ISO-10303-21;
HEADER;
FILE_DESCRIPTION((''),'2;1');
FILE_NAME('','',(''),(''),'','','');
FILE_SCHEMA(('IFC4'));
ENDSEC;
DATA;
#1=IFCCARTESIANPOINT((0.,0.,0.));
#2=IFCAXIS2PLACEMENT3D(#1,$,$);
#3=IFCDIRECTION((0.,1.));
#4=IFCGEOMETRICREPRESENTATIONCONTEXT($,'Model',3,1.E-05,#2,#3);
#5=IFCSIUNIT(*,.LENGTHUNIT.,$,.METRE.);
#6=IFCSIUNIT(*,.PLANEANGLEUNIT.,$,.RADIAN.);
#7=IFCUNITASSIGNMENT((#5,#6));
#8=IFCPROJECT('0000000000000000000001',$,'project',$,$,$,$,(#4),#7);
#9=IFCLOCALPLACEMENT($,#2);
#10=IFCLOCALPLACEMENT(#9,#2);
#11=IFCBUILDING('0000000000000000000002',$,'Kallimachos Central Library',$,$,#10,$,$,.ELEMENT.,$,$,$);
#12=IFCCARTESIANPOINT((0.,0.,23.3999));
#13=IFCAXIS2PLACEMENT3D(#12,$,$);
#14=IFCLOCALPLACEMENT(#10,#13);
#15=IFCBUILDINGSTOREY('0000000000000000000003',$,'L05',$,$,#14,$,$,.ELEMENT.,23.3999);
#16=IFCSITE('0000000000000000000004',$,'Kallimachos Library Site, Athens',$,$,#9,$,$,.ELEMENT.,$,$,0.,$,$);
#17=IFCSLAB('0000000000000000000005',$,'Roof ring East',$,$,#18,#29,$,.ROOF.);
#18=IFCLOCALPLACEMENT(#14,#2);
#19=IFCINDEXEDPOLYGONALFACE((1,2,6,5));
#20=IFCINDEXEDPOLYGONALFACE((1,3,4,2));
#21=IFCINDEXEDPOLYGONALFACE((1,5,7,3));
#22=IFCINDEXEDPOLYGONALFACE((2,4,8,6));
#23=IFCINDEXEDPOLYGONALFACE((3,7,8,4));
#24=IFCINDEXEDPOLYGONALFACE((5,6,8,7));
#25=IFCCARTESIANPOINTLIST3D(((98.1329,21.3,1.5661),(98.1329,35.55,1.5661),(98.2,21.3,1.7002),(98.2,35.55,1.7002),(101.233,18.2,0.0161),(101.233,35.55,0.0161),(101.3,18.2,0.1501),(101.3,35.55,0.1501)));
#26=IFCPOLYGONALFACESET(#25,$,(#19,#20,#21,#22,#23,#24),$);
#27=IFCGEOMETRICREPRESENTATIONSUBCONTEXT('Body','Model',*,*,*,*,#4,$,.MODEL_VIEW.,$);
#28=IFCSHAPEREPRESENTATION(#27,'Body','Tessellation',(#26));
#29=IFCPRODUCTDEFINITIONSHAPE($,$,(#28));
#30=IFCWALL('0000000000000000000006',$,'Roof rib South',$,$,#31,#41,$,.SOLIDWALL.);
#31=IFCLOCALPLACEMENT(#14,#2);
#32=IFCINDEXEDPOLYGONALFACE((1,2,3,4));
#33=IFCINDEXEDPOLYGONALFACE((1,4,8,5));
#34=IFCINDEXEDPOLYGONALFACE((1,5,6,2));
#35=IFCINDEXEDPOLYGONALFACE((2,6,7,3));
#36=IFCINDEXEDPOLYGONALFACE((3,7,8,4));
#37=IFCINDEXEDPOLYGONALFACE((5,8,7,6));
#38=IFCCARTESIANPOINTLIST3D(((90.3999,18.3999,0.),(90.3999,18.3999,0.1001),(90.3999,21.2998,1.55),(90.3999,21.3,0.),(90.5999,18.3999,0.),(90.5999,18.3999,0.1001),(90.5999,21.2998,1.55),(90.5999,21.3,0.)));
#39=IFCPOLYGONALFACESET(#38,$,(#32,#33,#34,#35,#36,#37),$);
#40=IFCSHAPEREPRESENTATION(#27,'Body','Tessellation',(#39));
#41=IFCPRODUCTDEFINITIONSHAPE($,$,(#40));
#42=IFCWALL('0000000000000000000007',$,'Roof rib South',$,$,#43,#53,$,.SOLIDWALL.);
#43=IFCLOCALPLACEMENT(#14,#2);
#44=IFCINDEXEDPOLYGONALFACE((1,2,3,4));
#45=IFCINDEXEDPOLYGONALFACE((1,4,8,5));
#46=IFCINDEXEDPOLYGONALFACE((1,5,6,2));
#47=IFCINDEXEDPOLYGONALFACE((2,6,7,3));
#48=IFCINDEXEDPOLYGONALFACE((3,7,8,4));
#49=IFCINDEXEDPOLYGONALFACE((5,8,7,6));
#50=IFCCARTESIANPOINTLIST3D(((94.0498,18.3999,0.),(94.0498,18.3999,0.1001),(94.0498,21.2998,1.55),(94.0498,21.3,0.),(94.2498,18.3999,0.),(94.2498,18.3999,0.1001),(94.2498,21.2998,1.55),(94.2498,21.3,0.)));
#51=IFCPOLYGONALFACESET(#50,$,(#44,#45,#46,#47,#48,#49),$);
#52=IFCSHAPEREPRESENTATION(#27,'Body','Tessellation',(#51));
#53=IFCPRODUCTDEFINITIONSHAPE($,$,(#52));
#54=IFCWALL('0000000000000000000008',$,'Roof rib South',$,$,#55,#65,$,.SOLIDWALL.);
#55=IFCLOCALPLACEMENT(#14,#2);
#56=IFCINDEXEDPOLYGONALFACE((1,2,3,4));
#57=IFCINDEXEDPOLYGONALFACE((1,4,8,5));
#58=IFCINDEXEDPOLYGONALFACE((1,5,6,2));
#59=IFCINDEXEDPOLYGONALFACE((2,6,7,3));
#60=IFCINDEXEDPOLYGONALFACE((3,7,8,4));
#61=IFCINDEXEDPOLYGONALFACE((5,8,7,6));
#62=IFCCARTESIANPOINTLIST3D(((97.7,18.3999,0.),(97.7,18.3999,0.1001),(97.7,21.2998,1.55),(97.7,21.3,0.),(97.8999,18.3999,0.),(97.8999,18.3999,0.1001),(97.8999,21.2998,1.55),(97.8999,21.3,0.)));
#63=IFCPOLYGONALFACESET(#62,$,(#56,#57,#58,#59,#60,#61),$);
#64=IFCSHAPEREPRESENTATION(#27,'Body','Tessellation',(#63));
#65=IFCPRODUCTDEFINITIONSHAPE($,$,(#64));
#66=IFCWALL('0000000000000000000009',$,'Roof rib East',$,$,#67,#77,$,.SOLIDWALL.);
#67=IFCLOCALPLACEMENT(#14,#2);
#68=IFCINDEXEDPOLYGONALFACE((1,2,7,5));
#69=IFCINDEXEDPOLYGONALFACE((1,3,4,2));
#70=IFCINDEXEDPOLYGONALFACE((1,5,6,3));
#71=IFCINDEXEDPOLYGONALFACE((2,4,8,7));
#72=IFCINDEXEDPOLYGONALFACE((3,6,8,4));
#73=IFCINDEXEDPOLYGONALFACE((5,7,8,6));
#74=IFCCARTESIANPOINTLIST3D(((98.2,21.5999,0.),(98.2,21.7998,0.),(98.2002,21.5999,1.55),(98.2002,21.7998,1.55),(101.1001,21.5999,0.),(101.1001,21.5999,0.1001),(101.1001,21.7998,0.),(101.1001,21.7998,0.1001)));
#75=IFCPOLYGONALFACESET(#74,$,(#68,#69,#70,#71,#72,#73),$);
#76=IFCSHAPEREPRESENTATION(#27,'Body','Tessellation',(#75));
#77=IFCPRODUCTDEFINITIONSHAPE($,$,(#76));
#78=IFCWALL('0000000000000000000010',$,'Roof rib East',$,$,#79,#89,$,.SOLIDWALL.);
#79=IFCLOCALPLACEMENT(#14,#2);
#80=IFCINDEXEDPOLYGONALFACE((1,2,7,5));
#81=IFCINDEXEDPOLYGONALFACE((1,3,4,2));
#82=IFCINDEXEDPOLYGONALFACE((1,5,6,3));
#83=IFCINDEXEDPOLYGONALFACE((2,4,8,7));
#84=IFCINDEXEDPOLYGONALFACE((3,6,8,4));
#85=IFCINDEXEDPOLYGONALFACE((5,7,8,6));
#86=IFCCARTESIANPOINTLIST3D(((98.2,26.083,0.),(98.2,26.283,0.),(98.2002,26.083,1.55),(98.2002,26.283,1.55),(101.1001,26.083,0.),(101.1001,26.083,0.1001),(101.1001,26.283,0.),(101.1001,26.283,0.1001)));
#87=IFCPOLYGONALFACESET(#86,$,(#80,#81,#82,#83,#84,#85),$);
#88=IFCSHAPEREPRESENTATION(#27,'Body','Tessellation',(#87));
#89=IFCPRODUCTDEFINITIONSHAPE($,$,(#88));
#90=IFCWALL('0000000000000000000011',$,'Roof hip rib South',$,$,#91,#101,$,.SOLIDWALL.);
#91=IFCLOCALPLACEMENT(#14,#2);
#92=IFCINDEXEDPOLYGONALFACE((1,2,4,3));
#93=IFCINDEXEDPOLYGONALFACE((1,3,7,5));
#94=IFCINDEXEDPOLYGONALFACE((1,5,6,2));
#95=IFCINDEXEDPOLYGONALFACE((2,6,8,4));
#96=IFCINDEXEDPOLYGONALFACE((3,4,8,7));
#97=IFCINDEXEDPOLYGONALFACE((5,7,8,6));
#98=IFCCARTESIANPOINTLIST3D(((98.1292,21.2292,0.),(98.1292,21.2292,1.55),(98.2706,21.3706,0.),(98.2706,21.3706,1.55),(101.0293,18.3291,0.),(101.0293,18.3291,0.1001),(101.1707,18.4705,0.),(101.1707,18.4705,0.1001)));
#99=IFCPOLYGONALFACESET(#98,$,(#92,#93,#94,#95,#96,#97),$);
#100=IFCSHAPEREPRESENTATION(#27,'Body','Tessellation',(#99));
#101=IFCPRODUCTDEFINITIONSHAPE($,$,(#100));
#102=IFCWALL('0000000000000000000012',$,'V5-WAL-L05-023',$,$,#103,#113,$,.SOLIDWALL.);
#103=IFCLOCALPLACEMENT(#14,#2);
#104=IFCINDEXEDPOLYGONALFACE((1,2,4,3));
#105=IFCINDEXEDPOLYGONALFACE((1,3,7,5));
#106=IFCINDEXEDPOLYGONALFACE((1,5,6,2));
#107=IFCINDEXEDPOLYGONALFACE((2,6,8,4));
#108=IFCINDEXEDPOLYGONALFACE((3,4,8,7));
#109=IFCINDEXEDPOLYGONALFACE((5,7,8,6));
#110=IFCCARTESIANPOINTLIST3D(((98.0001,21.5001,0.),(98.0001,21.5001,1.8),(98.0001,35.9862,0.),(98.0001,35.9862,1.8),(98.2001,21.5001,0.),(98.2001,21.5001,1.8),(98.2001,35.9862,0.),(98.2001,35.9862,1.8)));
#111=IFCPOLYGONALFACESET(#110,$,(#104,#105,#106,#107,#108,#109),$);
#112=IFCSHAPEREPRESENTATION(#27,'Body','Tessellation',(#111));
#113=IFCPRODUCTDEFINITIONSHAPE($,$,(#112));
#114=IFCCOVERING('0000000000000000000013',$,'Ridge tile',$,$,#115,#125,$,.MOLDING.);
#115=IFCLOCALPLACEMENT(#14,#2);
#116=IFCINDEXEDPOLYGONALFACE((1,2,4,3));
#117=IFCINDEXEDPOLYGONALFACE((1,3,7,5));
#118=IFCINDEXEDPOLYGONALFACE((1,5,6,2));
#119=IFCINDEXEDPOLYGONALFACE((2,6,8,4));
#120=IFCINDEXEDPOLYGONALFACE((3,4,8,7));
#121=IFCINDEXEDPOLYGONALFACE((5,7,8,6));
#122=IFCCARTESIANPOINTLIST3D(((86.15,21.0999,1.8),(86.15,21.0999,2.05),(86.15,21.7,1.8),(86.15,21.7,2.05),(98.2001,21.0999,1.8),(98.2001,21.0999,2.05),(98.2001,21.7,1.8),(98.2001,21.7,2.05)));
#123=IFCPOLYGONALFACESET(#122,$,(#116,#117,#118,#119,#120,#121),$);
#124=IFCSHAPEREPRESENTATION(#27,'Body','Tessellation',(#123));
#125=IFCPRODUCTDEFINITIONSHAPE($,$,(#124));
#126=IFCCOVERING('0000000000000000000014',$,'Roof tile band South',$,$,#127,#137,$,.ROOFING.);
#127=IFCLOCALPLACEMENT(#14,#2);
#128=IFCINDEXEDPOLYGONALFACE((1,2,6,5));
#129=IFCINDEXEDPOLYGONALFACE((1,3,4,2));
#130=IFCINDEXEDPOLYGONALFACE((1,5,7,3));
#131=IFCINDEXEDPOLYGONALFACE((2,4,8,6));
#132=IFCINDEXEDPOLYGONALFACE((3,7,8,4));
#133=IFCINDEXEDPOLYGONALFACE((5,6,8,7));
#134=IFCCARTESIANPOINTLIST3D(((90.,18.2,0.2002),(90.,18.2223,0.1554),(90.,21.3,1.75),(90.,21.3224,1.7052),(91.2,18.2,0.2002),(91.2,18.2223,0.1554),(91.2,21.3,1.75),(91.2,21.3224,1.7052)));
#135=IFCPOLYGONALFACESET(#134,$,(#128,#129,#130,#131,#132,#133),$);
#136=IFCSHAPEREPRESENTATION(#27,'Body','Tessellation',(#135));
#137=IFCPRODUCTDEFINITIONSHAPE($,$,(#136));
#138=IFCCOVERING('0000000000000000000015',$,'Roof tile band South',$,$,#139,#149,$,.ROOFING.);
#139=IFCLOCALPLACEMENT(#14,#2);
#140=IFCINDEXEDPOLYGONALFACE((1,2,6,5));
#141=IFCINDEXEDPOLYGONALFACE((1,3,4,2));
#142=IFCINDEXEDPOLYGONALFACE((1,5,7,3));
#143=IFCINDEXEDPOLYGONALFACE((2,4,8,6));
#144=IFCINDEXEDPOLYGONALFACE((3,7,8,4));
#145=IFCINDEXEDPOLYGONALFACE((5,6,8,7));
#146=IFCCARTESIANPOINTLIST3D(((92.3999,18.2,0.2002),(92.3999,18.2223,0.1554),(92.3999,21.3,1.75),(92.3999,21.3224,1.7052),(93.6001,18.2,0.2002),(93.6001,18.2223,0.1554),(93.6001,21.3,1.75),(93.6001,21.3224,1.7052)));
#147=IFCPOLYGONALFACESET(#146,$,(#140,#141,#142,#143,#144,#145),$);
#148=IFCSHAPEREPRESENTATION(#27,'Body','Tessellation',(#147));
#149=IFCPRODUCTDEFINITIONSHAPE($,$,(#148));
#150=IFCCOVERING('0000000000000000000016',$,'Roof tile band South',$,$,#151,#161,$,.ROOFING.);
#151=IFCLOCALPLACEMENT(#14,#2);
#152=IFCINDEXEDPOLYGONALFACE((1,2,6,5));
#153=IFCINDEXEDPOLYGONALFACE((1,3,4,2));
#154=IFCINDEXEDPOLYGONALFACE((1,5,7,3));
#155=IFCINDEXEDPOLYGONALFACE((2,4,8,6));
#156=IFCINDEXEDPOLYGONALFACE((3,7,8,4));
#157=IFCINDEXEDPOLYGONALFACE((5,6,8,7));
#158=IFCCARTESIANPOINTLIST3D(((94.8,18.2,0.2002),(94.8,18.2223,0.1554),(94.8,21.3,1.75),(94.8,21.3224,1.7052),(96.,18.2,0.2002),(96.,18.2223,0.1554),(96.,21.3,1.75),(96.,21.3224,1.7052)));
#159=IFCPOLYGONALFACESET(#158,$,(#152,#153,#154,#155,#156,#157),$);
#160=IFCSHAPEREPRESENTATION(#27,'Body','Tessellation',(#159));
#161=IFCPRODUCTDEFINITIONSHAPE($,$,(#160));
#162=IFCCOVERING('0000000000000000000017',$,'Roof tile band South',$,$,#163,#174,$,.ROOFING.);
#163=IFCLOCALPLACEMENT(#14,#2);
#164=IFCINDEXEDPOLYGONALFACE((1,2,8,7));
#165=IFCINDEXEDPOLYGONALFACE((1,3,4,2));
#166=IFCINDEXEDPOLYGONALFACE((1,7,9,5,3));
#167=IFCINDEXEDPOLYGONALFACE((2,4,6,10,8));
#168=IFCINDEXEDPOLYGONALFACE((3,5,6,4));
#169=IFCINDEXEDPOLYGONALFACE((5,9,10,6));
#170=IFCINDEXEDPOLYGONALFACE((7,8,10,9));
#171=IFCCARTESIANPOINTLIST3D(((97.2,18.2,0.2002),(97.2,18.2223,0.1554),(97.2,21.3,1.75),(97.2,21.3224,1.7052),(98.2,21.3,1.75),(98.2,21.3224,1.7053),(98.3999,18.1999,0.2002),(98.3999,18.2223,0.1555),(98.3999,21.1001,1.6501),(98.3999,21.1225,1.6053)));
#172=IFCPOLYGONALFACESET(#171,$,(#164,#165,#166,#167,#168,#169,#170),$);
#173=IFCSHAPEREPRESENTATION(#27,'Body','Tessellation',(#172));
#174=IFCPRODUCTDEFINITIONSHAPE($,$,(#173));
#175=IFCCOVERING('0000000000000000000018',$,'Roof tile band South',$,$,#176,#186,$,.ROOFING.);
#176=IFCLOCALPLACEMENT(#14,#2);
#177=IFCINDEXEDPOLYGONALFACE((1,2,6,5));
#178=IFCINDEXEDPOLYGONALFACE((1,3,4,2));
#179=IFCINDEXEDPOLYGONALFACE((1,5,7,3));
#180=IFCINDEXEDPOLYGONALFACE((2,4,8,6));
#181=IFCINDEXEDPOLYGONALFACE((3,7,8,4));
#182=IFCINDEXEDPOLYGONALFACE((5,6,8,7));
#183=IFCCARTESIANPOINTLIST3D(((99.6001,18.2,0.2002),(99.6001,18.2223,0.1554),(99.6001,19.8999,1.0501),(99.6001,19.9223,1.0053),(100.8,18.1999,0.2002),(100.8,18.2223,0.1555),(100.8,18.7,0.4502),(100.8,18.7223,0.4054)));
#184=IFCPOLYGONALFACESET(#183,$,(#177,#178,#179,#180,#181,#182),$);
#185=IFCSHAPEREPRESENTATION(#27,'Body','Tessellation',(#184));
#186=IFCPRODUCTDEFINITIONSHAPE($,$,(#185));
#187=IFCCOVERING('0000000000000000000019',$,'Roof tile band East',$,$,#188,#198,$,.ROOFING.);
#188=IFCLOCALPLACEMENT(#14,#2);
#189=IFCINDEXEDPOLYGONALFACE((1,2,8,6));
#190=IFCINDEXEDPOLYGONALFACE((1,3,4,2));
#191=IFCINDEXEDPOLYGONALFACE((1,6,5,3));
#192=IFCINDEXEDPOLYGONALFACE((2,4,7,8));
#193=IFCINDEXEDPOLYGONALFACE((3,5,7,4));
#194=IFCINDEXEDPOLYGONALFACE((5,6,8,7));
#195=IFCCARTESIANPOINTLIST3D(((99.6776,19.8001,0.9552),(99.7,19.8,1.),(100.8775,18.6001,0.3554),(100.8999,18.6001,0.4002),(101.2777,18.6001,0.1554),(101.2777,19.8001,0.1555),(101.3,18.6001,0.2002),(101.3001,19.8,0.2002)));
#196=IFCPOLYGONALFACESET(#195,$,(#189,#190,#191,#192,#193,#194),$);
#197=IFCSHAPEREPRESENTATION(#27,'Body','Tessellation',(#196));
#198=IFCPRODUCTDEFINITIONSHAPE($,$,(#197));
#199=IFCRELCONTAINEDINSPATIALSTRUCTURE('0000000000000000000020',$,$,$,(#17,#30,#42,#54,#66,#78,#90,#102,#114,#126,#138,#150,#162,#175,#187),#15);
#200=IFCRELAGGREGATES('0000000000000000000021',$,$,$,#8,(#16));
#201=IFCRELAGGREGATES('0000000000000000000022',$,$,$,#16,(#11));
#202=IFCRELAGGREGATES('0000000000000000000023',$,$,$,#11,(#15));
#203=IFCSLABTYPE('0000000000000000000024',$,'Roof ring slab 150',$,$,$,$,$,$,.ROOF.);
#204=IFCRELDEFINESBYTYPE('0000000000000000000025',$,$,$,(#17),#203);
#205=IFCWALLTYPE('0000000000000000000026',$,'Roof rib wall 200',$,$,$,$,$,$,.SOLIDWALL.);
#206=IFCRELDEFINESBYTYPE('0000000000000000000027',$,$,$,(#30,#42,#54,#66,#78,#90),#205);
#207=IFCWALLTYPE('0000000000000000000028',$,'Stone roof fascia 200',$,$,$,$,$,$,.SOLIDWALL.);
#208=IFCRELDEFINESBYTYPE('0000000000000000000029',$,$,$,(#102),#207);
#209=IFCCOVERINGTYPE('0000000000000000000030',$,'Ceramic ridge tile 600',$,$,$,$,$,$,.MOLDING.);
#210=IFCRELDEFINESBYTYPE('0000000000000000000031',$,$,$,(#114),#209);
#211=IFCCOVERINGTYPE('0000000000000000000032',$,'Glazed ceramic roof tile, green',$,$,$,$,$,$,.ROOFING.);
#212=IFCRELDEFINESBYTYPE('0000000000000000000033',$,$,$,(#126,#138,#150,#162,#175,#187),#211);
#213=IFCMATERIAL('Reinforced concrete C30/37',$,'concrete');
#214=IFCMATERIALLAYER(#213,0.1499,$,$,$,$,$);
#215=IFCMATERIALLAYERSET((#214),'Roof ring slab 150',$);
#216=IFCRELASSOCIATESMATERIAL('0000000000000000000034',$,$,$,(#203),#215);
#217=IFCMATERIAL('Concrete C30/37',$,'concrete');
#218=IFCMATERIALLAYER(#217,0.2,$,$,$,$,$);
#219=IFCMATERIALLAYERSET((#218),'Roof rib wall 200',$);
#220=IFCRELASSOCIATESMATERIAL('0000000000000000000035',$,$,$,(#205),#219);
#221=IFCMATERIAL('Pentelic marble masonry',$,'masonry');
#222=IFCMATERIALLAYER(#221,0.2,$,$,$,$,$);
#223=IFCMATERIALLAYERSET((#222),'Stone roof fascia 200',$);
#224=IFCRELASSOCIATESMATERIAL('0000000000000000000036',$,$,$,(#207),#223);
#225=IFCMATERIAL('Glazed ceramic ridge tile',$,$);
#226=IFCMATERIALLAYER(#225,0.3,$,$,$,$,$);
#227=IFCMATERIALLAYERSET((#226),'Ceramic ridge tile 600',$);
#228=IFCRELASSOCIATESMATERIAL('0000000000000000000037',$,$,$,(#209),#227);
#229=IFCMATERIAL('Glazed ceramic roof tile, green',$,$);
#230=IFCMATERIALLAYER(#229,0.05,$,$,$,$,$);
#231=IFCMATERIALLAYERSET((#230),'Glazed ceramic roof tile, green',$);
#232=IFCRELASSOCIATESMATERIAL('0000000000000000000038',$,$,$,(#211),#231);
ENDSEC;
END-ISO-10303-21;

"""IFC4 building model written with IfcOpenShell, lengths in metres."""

from ifc_helpers import new_model, si_unit, direction, frame, frame_2d, origin, origin_2d, place, context, subcontext, project, spatial, polyline, rectangle, outline, extrude, material, layer, layer_set, type_object, element, save


model = new_model("IFC4")

# Units and contexts
model_context = context("Model", 3, precision=1e-05, world=origin(), true_north=direction((0.0, 1.0)))
body_context = subcontext(model_context, "Body", "Model", "MODEL_VIEW")
ifc_project = project(units=[si_unit("LENGTHUNIT", "METRE"), si_unit("PLANEANGLEUNIT", "RADIAN")], contexts=[model_context])

# Site, building, storey
site_placement = place(None, origin())
site = spatial("IfcSite", under=ifc_project, at=site_placement, Name="Kallimachos Library Site, Athens", CompositionType="ELEMENT", RefElevation=0.0)
building_placement = place(site_placement, origin())
building = spatial("IfcBuilding", under=site, at=building_placement, Name="Kallimachos Central Library", CompositionType="ELEMENT")
storey_placement = place(building_placement, frame((0.0, 0.0, 23.3999)))
storey = spatial("IfcBuildingStorey", under=building, at=storey_placement, Name="L05", CompositionType="ELEMENT", Elevation=23.3999)

# Slab
ifc_material_1 = material(Name="Reinforced concrete C30/37", Category="concrete")
ifc_layer_1 = layer(ifc_material_1, 0.1499)
ifc_layer_set_1 = layer_set([ifc_layer_1], Name="Roof ring slab 150")
slab_type = type_object("IfcSlabType", Name="Roof ring slab 150", PredefinedType="ROOF", material=ifc_layer_set_1)
slab_placement = place(storey_placement, frame((101.3, 18.2, 0.1501), z_axis=(0.447214, 0.0, 0.894427), x_axis=(0.0, 1.0, 0.0)))
element("IfcSlab", 1, at=slab_placement, inside=storey, type_object=slab_type, Name="Roof ring East", PredefinedType="ROOF", context=body_context, shape_type="SweptSolid", body=[
    extrude(outline(polyline([(0.0, 0.0), (17.3501, 0.0), (17.3501, 3.466), (3.1001, 3.466), (0.0, 0.0)])), origin(), (0.0, 0.0, -1.0), 0.1499),
])

# Walls
ifc_material_2 = material(Name="Concrete C30/37", Category="concrete")
ifc_layer_2 = layer(ifc_material_2, 0.2)
ifc_layer_set_2 = layer_set([ifc_layer_2], Name="Roof rib wall 200")
wall_type_1 = type_object("IfcWallType", Name="Roof rib wall 200", PredefinedType="SOLIDWALL", material=ifc_layer_set_2)
for number, where, z_axis, x_axis, name in (
    (2, (90.5, 18.3999, 0.0), (0.0, 0.0, 1.0), (0.0, 1.0, 0.0), "Roof rib South"),
    (3, (94.1499, 18.3999, 0.0), (0.0, 0.0, 1.0), (0.0, 1.0, 0.0), "Roof rib South"),
    (4, (97.8, 18.3999, 0.0), (0.0, 0.0, 1.0), (0.0, 1.0, 0.0), "Roof rib South"),
    (5, (101.1001, 21.7, 0.0), (0.0, 0.0, 1.0), (-1.0, 0.0, 0.0), "Roof rib East"),
    (6, (101.1001, 26.1831, 0.0), (0.0, 0.0, 1.0), (-1.0, 0.0, 0.0), "Roof rib East"),
):
    element("IfcWall", number, at=place(storey_placement, frame(where, z_axis=z_axis, x_axis=x_axis)), inside=storey, type_object=wall_type_1, Name=name, PredefinedType="SOLIDWALL", context=body_context, shape_type="SweptSolid", body=[
        extrude(outline(polyline([(0.0, 0.0), (2.9001, 0.0), (2.8999, 1.55), (0.0, 0.1001), (0.0, 0.0)])), frame((0.0, 0.1001, 0.0), z_axis=(0.0, -1.0, 0.0), x_axis=(1.0, 0.0, 0.0)), (0.0, 0.0, 1.0), 0.2),
    ])
wall_1_placement = place(storey_placement, frame((101.1001, 18.3999, 0.0), z_axis=(0.0, 0.0, 1.0), x_axis=(-0.707107, 0.707107, 0.0)))
element("IfcWall", 7, at=wall_1_placement, inside=storey, type_object=wall_type_1, Name="Roof hip rib South", PredefinedType="SOLIDWALL", context=body_context, shape_type="SweptSolid", body=[
    extrude(outline(polyline([(0.0, 0.0), (4.1013, 0.0), (4.1013, 1.55), (0.0, 0.1001), (0.0, 0.0)])), frame((0.0, 0.1001, 0.0), z_axis=(0.0, -1.0, 0.0), x_axis=(1.0, 0.0, 0.0)), (0.0, 0.0, 1.0), 0.2),
])
ifc_material_3 = material(Name="Pentelic marble masonry", Category="masonry")
ifc_layer_3 = layer(ifc_material_3, 0.2)
ifc_layer_set_3 = layer_set([ifc_layer_3], Name="Stone roof fascia 200")
wall_type_2 = type_object("IfcWallType", Name="Stone roof fascia 200", PredefinedType="SOLIDWALL", material=ifc_layer_set_3)
wall_2_placement = place(storey_placement, frame((98.1001, 21.5, 0.0), z_axis=(0.0, 0.0, 1.0), x_axis=(0.0, 1.0, 0.0)))
element("IfcWall", 8, at=wall_2_placement, inside=storey, type_object=wall_type_2, Name="V5-WAL-L05-023", PredefinedType="SOLIDWALL", context=body_context, shape_type="SweptSolid", body=[
    extrude(rectangle(XDim=14.4861, YDim=0.2, at=frame_2d((7.2432, 0.0))), origin(), (0.0, 0.0, 1.0), 1.8),
])

# Coverings
ifc_material_4 = material(Name="Glazed ceramic ridge tile")
ifc_layer_4 = layer(ifc_material_4, 0.3)
ifc_layer_set_4 = layer_set([ifc_layer_4], Name="Ceramic ridge tile 600")
covering_type_1 = type_object("IfcCoveringType", Name="Ceramic ridge tile 600", PredefinedType="MOLDING", material=ifc_layer_set_4)
covering_1_placement = place(storey_placement, frame((92.175, 21.3999, 1.8), z_axis=(0.0, 0.0, 1.0), x_axis=(1.0, 0.0, 0.0)))
element("IfcCovering", 9, at=covering_1_placement, inside=storey, type_object=covering_type_1, Name="Ridge tile", PredefinedType="MOLDING", context=body_context, shape_type="SweptSolid", body=[
    extrude(rectangle(XDim=12.05, YDim=0.6001, at=origin_2d()), origin(), (0.0, 0.0, 1.0), 0.25),
])
ifc_material_5 = material(Name="Glazed ceramic roof tile, green")
ifc_layer_5 = layer(ifc_material_5, 0.05)
ifc_layer_set_5 = layer_set([ifc_layer_5], Name="Glazed ceramic roof tile, green")
covering_type_2 = type_object("IfcCoveringType", Name="Glazed ceramic roof tile, green", PredefinedType="ROOFING", material=ifc_layer_set_5)
covering_2_placement = place(storey_placement, frame((90.0, 18.2, 0.2002), z_axis=(0.0, -0.447157, 0.894455), x_axis=(0.0, 0.894455, 0.447157)))
element("IfcCovering", 10, at=covering_2_placement, inside=storey, type_object=covering_type_2, Name="Roof tile band South", PredefinedType="ROOFING", context=body_context, shape_type="SweptSolid", body=[
    extrude(outline(polyline([(0.0, 0.0), (3.4659, 0.0), (3.4659, -1.2), (0.0, -1.2), (0.0, 0.0)])), origin(), (0.0, 0.0, -1.0), 0.05),
])
covering_3_placement = place(storey_placement, frame((92.3999, 18.2, 0.2002), z_axis=(0.0, -0.447157, 0.894455), x_axis=(0.0, 0.894455, 0.447157)))
element("IfcCovering", 11, at=covering_3_placement, inside=storey, type_object=covering_type_2, Name="Roof tile band South", PredefinedType="ROOFING", context=body_context, shape_type="SweptSolid", body=[
    extrude(outline(polyline([(0.0, 0.0), (3.4659, 0.0), (3.4659, -1.2002), (0.0, -1.2002), (0.0, 0.0)])), origin(), (0.0, 0.0, -1.0), 0.05),
])
covering_4_placement = place(storey_placement, frame((94.8, 18.2, 0.2002), z_axis=(0.0, -0.447157, 0.894455), x_axis=(0.0, 0.894455, 0.447157)))
element("IfcCovering", 12, at=covering_4_placement, inside=storey, type_object=covering_type_2, Name="Roof tile band South", PredefinedType="ROOFING", context=body_context, shape_type="SweptSolid", body=[
    extrude(outline(polyline([(0.0, 0.0), (3.4659, 0.0), (3.4659, -1.2), (0.0, -1.2), (0.0, 0.0)])), origin(), (0.0, 0.0, -1.0), 0.05),
])
covering_5_placement = place(storey_placement, frame((97.2, 18.2, 0.2002), z_axis=(-0.00004, -0.447159, 0.894454), x_axis=(0.0, 0.894454, 0.447159)))
element("IfcCovering", 13, at=covering_5_placement, inside=storey, type_object=covering_type_2, Name="Roof tile band South", PredefinedType="ROOFING", context=body_context, shape_type="SweptSolid", body=[
    extrude(outline(polyline([(0.0, 0.0), (3.4659, 0.0), (3.4659, -1.0), (3.2424, -1.2), (0.0, -1.2), (0.0, 0.0)])), origin(), (0.0, 0.0, -1.0), 0.05),
])
covering_6_placement = place(storey_placement, frame((99.6001, 18.2, 0.2002), z_axis=(-0.000021, -0.447174, 0.894447), x_axis=(0.0, 0.894447, 0.447174)))
element("IfcCovering", 14, at=covering_6_placement, inside=storey, type_object=covering_type_2, Name="Roof tile band South", PredefinedType="ROOFING", context=body_context, shape_type="SweptSolid", body=[
    extrude(outline(polyline([(0.0, 0.0), (1.9005, 0.0), (0.559, -1.2), (0.0, -1.2), (0.0, 0.0)])), origin(), (0.0, 0.0, -1.0), 0.05),
])
covering_7_placement = place(storey_placement, frame((101.3, 18.6001, 0.2002), z_axis=(0.447083, -0.000036, 0.894493), x_axis=(-0.894493, 0.0, 0.447083)))
element("IfcCovering", 15, at=covering_7_placement, inside=storey, type_object=covering_type_2, Name="Roof tile band East", PredefinedType="ROOFING", context=body_context, shape_type="SweptSolid", body=[
    extrude(outline(polyline([(0.0, 0.0), (0.4473, 0.0), (1.7889, -1.2), (0.0, -1.2), (0.0, 0.0)])), origin(), (0.0, 0.0, -1.0), 0.05),
])

save(model, "model.ifc")
